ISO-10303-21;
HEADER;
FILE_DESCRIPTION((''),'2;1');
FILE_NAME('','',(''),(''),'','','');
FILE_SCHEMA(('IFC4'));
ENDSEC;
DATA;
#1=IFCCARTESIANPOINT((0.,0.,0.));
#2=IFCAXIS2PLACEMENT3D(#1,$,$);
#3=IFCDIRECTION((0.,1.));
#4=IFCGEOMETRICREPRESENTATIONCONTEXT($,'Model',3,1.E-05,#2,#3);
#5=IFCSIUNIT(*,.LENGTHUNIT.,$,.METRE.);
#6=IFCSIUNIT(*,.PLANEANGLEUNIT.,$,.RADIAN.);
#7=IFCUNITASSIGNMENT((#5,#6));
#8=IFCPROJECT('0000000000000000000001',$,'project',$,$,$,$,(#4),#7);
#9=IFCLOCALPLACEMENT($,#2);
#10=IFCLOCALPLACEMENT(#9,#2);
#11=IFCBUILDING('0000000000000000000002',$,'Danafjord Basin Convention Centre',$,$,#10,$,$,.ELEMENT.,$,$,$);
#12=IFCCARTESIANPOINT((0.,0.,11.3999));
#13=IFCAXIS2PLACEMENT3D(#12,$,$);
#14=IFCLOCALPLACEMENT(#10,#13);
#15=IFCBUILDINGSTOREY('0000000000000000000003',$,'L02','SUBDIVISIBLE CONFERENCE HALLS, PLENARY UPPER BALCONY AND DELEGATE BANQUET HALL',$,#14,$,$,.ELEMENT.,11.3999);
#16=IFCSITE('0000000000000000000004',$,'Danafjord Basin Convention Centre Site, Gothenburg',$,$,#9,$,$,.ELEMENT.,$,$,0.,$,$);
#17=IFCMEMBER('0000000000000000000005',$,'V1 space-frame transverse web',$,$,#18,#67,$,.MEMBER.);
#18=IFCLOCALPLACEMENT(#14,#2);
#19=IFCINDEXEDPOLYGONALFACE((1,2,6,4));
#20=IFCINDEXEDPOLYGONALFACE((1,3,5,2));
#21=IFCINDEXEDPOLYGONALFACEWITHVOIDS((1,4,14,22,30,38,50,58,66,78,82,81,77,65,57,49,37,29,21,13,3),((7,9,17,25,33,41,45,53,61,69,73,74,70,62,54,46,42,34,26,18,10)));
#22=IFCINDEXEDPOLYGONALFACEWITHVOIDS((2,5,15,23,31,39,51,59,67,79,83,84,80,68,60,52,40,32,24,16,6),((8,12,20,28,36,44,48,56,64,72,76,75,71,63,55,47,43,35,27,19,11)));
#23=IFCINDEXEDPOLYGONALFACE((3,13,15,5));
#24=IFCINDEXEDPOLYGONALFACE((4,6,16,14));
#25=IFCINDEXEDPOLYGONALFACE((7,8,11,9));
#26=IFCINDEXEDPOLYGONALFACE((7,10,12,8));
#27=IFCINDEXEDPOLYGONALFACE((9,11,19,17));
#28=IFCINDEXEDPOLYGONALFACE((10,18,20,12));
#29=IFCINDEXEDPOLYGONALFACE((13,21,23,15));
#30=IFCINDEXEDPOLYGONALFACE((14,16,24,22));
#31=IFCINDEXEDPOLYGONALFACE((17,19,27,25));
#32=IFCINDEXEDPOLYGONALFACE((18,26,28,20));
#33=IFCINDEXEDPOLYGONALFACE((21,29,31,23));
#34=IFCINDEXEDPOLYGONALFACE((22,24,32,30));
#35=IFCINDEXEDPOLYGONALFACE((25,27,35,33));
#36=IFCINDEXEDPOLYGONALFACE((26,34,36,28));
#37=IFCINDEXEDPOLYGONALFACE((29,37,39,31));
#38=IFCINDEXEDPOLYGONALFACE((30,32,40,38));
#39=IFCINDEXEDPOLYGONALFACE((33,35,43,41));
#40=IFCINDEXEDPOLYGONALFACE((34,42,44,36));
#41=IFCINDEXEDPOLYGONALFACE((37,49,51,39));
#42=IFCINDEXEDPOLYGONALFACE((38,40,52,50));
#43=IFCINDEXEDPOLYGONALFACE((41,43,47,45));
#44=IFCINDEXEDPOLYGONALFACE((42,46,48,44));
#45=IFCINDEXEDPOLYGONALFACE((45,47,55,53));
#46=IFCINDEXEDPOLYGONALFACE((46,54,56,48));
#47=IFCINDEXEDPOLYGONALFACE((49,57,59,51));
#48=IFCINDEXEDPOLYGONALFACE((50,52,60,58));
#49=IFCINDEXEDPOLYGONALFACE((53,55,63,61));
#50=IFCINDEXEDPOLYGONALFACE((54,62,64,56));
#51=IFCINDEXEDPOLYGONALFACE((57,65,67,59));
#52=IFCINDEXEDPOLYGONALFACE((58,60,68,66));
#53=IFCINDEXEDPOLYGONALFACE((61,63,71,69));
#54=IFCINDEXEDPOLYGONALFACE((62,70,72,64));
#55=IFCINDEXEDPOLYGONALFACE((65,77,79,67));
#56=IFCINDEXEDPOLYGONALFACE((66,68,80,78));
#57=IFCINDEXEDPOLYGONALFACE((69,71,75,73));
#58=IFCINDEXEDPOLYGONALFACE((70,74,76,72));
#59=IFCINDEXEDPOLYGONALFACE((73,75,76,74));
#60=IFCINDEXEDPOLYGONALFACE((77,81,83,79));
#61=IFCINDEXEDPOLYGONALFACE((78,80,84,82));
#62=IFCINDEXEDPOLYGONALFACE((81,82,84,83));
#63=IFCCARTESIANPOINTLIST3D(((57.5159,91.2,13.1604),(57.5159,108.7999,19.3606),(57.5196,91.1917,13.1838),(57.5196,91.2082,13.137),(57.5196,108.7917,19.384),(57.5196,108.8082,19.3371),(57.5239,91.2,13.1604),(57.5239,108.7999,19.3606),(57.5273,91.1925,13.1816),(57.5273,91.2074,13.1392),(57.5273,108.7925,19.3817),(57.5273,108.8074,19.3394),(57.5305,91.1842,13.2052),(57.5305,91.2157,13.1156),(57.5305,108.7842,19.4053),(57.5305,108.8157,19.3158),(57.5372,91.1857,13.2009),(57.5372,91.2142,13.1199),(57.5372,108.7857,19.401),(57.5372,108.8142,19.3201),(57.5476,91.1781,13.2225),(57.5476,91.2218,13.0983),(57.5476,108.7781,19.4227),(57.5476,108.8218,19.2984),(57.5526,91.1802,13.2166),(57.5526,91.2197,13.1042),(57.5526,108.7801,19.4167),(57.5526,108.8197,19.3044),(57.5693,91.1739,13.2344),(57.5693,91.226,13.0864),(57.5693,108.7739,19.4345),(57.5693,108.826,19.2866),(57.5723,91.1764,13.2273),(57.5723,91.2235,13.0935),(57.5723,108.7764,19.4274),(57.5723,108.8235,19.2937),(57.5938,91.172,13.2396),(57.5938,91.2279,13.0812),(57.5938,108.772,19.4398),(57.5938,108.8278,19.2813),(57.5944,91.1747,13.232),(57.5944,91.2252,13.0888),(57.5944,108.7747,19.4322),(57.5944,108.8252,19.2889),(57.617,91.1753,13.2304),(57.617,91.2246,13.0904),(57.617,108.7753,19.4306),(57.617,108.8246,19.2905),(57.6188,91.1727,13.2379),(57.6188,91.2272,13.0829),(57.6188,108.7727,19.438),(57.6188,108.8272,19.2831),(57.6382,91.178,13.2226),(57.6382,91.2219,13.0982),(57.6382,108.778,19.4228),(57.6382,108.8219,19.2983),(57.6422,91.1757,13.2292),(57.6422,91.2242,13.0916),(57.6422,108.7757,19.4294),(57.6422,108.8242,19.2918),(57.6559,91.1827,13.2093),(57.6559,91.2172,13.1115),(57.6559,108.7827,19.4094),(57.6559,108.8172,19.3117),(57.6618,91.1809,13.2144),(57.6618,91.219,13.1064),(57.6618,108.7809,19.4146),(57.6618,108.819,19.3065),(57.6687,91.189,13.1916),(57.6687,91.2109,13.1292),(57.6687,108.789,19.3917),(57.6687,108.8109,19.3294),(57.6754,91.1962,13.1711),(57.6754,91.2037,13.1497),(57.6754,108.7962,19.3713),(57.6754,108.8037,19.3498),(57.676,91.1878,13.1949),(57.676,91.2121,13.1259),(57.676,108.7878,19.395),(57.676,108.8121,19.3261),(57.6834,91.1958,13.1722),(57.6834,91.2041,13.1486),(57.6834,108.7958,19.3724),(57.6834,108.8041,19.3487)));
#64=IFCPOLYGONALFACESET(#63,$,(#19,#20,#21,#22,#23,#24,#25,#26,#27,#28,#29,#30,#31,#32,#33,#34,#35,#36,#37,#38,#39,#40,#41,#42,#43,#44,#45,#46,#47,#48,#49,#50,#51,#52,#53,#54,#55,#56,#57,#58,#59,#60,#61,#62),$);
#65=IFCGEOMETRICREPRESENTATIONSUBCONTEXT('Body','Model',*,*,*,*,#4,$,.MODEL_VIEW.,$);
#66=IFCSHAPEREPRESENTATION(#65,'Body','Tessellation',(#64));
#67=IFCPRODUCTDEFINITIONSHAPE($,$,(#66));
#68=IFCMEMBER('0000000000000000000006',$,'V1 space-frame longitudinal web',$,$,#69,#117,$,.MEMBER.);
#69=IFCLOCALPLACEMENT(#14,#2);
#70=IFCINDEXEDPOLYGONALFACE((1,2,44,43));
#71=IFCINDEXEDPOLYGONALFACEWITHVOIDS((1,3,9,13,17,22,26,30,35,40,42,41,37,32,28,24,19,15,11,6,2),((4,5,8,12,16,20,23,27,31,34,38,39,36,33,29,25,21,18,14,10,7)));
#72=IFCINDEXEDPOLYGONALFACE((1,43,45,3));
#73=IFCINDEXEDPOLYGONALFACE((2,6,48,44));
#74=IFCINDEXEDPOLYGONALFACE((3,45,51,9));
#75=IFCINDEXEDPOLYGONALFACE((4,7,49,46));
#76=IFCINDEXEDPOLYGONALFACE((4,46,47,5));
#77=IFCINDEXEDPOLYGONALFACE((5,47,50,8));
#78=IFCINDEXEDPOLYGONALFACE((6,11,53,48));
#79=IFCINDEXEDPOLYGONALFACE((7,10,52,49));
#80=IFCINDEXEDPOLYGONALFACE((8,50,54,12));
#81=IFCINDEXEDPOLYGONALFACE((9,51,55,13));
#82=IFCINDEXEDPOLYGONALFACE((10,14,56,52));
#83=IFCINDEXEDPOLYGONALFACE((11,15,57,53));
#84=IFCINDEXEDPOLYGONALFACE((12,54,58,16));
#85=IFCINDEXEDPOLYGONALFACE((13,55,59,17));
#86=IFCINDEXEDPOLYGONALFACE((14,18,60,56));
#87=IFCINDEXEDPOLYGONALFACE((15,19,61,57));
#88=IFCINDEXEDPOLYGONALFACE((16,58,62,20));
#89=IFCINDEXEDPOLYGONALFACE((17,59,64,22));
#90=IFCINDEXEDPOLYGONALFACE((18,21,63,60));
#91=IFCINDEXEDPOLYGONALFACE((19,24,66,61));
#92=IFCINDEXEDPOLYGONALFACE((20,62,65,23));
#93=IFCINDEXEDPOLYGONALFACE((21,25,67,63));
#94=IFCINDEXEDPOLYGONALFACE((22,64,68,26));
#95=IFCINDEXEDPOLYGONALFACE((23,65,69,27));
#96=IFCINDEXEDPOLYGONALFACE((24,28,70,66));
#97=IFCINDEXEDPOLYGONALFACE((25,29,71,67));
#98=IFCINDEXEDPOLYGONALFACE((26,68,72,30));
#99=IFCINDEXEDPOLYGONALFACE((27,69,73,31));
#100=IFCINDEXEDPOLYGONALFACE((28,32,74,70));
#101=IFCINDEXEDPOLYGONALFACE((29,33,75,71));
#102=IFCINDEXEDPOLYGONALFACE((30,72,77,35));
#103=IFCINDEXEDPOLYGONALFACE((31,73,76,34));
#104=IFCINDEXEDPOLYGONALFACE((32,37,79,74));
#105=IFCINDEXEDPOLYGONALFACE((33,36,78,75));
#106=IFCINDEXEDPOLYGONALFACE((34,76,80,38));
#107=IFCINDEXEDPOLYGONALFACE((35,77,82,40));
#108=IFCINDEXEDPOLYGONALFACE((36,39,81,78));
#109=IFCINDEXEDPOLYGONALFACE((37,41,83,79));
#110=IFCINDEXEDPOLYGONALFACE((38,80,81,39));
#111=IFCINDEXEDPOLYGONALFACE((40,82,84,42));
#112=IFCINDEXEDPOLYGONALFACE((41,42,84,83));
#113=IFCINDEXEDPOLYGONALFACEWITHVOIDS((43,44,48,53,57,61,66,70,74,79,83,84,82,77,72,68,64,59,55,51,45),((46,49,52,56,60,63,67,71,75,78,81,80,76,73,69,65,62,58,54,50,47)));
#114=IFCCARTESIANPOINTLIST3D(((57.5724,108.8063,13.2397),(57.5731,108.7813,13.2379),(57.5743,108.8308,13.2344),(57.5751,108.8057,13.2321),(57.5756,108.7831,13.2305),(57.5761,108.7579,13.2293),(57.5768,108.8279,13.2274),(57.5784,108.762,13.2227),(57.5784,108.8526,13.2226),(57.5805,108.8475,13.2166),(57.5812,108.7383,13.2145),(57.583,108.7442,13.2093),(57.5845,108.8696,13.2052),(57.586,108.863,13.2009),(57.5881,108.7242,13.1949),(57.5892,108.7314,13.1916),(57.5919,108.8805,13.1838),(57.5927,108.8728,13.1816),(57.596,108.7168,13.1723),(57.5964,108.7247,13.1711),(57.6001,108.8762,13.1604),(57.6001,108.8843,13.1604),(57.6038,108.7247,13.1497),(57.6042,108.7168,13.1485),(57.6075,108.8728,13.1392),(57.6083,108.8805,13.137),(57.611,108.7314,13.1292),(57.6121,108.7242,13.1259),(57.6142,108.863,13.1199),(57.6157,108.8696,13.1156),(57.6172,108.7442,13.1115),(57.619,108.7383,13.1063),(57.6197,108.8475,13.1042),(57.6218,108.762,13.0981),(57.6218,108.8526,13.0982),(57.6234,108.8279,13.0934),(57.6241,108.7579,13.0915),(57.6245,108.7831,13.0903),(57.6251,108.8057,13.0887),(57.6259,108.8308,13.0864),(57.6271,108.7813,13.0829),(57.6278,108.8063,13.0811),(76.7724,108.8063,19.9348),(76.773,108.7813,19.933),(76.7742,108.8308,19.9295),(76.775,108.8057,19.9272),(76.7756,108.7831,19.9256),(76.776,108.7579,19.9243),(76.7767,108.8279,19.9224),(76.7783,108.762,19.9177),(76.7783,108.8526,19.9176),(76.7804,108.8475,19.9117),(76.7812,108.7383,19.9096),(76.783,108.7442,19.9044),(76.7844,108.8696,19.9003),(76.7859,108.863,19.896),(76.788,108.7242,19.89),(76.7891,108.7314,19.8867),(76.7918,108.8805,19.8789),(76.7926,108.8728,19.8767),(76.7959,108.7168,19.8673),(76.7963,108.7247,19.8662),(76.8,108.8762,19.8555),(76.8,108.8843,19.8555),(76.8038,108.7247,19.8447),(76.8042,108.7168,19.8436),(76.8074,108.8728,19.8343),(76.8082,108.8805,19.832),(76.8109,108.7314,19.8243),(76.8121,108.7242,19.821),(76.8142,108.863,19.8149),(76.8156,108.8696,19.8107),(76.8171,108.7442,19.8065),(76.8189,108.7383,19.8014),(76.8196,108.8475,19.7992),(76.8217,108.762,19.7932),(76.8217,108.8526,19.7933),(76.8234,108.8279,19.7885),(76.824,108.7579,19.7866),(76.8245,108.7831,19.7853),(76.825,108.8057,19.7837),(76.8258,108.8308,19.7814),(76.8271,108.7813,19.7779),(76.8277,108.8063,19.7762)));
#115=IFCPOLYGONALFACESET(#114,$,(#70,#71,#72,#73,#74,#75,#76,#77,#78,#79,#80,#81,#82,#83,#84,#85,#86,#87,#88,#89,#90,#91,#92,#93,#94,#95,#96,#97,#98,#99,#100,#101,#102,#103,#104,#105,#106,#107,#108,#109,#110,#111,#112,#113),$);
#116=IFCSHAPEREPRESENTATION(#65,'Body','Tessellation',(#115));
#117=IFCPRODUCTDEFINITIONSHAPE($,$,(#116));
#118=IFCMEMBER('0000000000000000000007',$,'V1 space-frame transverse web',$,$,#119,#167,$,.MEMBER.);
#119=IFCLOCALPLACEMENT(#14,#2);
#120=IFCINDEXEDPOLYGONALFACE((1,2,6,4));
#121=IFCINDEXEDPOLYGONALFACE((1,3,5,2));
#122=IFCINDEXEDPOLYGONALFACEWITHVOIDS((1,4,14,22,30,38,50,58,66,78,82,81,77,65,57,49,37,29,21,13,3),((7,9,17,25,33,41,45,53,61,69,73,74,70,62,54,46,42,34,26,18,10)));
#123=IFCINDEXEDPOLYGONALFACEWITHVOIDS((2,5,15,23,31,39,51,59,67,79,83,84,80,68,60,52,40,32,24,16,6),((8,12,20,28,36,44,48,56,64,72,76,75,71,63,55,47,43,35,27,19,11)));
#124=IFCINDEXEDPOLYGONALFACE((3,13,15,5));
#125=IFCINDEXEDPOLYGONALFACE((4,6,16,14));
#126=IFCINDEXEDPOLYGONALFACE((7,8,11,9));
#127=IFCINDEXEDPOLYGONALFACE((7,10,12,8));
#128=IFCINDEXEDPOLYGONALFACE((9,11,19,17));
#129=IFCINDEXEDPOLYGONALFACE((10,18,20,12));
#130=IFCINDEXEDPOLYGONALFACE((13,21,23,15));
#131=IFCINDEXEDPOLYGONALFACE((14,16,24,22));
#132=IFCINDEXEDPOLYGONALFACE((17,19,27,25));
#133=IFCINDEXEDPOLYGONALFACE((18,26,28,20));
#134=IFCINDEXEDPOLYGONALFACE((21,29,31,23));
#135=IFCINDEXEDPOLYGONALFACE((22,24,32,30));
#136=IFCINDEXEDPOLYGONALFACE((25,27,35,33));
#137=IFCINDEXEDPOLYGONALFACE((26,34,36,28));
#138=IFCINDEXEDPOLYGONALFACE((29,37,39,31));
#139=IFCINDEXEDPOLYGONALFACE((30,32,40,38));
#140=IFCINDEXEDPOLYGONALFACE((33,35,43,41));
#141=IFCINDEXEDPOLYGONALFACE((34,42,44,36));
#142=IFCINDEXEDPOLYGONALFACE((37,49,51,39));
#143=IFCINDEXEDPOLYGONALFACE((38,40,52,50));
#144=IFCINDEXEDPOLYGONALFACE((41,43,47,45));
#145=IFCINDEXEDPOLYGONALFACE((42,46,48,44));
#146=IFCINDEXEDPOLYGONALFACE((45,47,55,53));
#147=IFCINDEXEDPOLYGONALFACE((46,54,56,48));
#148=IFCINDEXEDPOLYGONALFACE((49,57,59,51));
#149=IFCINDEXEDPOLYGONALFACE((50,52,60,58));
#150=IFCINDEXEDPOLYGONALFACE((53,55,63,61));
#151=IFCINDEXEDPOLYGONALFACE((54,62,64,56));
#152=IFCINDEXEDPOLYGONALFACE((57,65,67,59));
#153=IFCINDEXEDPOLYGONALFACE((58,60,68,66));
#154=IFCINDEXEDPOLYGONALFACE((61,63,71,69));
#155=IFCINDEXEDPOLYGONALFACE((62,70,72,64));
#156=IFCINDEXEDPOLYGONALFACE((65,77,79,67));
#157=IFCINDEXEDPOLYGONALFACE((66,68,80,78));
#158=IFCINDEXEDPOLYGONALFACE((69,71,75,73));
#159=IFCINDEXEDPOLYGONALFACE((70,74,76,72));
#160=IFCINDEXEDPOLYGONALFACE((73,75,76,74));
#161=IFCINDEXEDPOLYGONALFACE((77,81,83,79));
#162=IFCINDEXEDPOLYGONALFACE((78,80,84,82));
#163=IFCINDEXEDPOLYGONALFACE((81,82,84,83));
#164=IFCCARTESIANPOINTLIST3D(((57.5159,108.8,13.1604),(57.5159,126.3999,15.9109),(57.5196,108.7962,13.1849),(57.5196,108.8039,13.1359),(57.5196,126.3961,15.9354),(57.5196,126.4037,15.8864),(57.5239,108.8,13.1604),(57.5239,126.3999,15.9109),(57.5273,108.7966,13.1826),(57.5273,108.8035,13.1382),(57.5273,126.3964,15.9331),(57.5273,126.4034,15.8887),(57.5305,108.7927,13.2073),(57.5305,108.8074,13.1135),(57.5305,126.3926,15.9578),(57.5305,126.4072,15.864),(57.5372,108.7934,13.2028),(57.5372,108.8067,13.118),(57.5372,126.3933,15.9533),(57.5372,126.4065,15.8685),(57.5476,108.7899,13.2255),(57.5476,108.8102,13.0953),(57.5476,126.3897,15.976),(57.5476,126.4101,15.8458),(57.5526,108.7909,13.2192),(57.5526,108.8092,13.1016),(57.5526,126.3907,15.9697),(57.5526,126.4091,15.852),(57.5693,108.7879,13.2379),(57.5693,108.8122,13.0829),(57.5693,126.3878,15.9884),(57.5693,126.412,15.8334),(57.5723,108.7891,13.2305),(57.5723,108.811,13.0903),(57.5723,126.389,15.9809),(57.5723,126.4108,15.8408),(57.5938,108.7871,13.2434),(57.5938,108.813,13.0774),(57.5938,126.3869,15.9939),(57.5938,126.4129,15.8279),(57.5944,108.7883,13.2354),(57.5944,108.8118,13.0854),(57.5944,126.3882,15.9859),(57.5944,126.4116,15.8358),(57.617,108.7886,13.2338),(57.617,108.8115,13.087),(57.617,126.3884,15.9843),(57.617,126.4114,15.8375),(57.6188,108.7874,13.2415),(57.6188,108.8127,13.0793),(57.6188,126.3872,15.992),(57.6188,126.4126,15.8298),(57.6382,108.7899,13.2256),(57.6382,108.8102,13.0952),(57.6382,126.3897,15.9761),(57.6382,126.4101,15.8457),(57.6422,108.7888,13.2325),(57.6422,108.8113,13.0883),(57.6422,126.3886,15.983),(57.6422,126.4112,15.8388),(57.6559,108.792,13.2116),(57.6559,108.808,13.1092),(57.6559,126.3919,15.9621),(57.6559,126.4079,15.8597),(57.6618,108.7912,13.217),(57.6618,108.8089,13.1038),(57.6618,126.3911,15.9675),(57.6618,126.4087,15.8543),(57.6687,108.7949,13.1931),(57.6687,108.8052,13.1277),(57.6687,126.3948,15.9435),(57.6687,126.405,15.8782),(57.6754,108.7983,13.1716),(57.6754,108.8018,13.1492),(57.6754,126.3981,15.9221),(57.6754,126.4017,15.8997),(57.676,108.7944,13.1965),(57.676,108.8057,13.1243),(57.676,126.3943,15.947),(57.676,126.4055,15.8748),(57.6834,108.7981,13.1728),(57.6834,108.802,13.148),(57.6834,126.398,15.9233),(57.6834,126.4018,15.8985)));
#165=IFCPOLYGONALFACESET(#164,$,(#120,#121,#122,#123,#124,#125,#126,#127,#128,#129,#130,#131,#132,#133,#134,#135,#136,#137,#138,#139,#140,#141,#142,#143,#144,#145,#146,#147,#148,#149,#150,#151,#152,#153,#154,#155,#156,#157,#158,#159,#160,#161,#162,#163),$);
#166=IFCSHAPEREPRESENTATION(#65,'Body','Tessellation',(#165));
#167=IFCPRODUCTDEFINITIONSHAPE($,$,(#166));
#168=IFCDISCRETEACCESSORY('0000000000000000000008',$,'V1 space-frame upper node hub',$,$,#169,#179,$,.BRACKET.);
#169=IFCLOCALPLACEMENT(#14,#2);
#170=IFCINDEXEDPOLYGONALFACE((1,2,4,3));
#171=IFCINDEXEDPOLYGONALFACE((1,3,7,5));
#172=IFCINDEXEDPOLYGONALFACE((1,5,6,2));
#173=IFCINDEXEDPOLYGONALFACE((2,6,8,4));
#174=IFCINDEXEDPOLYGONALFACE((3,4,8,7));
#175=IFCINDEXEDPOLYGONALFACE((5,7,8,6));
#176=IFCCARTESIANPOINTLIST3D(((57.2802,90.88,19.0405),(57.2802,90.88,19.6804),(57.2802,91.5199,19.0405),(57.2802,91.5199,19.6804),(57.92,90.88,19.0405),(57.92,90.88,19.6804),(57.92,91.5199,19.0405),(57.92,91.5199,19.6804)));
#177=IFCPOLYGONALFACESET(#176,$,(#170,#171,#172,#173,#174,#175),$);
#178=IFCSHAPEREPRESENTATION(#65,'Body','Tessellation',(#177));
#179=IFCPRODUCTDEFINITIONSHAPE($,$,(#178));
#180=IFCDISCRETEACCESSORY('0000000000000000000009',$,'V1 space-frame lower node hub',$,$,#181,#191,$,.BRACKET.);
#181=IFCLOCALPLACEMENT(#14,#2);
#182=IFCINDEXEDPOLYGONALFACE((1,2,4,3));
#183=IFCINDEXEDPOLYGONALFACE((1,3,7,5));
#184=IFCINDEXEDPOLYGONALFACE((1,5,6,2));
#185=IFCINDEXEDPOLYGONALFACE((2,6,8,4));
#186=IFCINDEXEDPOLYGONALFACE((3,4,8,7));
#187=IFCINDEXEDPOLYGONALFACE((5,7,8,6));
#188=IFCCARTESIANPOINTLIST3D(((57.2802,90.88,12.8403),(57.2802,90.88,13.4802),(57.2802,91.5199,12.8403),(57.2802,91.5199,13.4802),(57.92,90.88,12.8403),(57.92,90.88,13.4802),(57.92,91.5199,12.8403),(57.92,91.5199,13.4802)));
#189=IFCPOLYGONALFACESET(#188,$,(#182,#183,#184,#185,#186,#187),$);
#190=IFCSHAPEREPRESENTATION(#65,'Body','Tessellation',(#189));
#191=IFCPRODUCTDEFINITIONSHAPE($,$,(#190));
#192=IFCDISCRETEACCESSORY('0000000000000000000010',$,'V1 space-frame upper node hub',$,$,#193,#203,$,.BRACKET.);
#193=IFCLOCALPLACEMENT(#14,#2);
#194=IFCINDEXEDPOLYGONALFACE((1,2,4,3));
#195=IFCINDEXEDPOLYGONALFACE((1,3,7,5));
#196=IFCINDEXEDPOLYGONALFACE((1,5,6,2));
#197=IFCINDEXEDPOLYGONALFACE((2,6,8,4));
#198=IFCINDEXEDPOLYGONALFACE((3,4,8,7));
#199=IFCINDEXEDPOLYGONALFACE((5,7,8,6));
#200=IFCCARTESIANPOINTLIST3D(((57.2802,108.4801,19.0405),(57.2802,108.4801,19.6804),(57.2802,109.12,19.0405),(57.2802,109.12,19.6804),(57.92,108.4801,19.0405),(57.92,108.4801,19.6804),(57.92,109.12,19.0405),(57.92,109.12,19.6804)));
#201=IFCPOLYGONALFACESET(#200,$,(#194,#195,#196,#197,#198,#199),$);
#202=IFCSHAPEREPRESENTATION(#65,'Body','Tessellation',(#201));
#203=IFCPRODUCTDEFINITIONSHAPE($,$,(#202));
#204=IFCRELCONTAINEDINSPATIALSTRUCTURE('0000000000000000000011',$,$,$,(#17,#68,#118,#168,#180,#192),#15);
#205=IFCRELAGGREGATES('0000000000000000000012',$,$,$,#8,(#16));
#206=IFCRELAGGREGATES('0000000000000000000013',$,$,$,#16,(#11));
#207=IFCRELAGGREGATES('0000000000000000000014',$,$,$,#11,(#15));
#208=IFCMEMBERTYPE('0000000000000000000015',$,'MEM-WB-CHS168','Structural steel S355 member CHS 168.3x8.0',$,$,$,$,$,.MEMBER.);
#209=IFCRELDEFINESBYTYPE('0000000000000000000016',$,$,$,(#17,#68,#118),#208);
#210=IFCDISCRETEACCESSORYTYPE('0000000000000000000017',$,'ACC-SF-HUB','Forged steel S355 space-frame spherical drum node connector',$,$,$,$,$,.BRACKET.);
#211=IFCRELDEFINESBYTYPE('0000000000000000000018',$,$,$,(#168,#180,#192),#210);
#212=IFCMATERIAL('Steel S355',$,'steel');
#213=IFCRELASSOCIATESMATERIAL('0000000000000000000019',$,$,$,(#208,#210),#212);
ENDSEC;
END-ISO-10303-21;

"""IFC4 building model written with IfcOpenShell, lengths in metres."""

from ifc_helpers import new_model, si_unit, direction, frame, origin, origin_2d, place, context, subcontext, project, spatial, rectangle, hollow_circle, extrude, material, material_profile, profile_set, type_object, element, save


model = new_model("IFC4")

# Units and contexts
model_context = context("Model", 3, precision=1e-05, world=origin(), true_north=direction((0.0, 1.0)))
body_context = subcontext(model_context, "Body", "Model", "MODEL_VIEW")
ifc_project = project(units=[si_unit("LENGTHUNIT", "METRE"), si_unit("PLANEANGLEUNIT", "RADIAN")], contexts=[model_context])

# Site, building, storey
site_placement = place(None, origin())
site = spatial("IfcSite", under=ifc_project, at=site_placement, Name="Danafjord Basin Convention Centre Site, Gothenburg", CompositionType="ELEMENT", RefElevation=0.0)
building_placement = place(site_placement, origin())
building = spatial("IfcBuilding", under=site, at=building_placement, Name="Danafjord Basin Convention Centre", CompositionType="ELEMENT")
storey_placement = place(building_placement, frame((0.0, 0.0, 11.3999)))
storey = spatial("IfcBuildingStorey", under=building, at=storey_placement, Name="L02", Description="SUBDIVISIBLE CONFERENCE HALLS, PLENARY UPPER BALCONY AND DELEGATE BANQUET HALL", CompositionType="ELEMENT", Elevation=11.3999)

# Members
ifc_material = material(Name="Steel S355", Category="steel")
ifc_material_profile_1 = material_profile(ifc_material, hollow_circle(Radius=0.0842, WallThickness=0.0081, at=origin_2d()), Name="CHS 168.3x8.0")
ifc_profile_set_1 = profile_set([ifc_material_profile_1], Name="Steel S355")
member_type_1 = type_object("IfcMemberType", Name="MEM-WB-CHS168", Description="Structural steel S355 member CHS 168.3x8.0", PredefinedType="MEMBER", material=ifc_profile_set_1)
member_1_placement = place(storey_placement, frame((57.6001, 91.2, 13.1604), z_axis=(0.0, 0.943185, 0.332267), x_axis=(-1.0, 0.0, 0.0)))
element("IfcMember", 1, at=member_1_placement, inside=storey, type_object=member_type_1, Name="V1 space-frame transverse web", PredefinedType="MEMBER", context=body_context, shape_type="SweptSolid", body=[
    extrude(hollow_circle(Radius=0.0842, WallThickness=0.0081, at=origin_2d()), origin(), (0.0, 0.0, 1.0), 18.6602),
])
member_2_placement = place(storey_placement, frame((57.6001, 108.8, 13.1604), z_axis=(0.94424, 0.0, 0.329259), x_axis=(0.0, 1.0, 0.0)))
element("IfcMember", 2, at=member_2_placement, inside=storey, type_object=member_type_1, Name="V1 space-frame longitudinal web", PredefinedType="MEMBER", context=body_context, shape_type="SweptSolid", body=[
    extrude(hollow_circle(Radius=0.0842, WallThickness=0.0081, at=origin_2d()), origin(), (0.0, 0.0, 1.0), 20.3337),
])
member_3_placement = place(storey_placement, frame((57.6001, 108.8, 13.1604), z_axis=(0.0, 0.988008, 0.154405), x_axis=(-1.0, 0.0, 0.0)))
element("IfcMember", 3, at=member_3_placement, inside=storey, type_object=member_type_1, Name="V1 space-frame transverse web", PredefinedType="MEMBER", context=body_context, shape_type="SweptSolid", body=[
    extrude(hollow_circle(Radius=0.0842, WallThickness=0.0081, at=origin_2d()), origin(), (0.0, 0.0, 1.0), 17.8135),
])

# Discrete accessories
discrete_accessory_type = type_object("IfcDiscreteAccessoryType", Name="ACC-SF-HUB", Description="Forged steel S355 space-frame spherical drum node connector", PredefinedType="BRACKET", material=ifc_material)
for number, where, z_axis, x_axis, name in (
    (4, (57.6001, 91.2, 19.0405), (0.0, 0.0, 1.0), (1.0, 0.0, 0.0), "V1 space-frame upper node hub"),
    (5, (57.6001, 91.2, 12.8403), (0.0, 0.0, 1.0), (1.0, 0.0, 0.0), "V1 space-frame lower node hub"),
    (6, (57.6001, 108.8, 19.0405), (0.0, 0.0, 1.0), (1.0, 0.0, 0.0), "V1 space-frame upper node hub"),
):
    element("IfcDiscreteAccessory", number, at=place(storey_placement, frame(where, z_axis=z_axis, x_axis=x_axis)), inside=storey, type_object=discrete_accessory_type, Name=name, PredefinedType="BRACKET", context=body_context, shape_type="SweptSolid", body=[
        extrude(rectangle(XDim=0.6399, YDim=0.6399, at=origin_2d()), origin(), (0.0, 0.0, 1.0), 0.6399),
    ])

save(model, "model.ifc")
